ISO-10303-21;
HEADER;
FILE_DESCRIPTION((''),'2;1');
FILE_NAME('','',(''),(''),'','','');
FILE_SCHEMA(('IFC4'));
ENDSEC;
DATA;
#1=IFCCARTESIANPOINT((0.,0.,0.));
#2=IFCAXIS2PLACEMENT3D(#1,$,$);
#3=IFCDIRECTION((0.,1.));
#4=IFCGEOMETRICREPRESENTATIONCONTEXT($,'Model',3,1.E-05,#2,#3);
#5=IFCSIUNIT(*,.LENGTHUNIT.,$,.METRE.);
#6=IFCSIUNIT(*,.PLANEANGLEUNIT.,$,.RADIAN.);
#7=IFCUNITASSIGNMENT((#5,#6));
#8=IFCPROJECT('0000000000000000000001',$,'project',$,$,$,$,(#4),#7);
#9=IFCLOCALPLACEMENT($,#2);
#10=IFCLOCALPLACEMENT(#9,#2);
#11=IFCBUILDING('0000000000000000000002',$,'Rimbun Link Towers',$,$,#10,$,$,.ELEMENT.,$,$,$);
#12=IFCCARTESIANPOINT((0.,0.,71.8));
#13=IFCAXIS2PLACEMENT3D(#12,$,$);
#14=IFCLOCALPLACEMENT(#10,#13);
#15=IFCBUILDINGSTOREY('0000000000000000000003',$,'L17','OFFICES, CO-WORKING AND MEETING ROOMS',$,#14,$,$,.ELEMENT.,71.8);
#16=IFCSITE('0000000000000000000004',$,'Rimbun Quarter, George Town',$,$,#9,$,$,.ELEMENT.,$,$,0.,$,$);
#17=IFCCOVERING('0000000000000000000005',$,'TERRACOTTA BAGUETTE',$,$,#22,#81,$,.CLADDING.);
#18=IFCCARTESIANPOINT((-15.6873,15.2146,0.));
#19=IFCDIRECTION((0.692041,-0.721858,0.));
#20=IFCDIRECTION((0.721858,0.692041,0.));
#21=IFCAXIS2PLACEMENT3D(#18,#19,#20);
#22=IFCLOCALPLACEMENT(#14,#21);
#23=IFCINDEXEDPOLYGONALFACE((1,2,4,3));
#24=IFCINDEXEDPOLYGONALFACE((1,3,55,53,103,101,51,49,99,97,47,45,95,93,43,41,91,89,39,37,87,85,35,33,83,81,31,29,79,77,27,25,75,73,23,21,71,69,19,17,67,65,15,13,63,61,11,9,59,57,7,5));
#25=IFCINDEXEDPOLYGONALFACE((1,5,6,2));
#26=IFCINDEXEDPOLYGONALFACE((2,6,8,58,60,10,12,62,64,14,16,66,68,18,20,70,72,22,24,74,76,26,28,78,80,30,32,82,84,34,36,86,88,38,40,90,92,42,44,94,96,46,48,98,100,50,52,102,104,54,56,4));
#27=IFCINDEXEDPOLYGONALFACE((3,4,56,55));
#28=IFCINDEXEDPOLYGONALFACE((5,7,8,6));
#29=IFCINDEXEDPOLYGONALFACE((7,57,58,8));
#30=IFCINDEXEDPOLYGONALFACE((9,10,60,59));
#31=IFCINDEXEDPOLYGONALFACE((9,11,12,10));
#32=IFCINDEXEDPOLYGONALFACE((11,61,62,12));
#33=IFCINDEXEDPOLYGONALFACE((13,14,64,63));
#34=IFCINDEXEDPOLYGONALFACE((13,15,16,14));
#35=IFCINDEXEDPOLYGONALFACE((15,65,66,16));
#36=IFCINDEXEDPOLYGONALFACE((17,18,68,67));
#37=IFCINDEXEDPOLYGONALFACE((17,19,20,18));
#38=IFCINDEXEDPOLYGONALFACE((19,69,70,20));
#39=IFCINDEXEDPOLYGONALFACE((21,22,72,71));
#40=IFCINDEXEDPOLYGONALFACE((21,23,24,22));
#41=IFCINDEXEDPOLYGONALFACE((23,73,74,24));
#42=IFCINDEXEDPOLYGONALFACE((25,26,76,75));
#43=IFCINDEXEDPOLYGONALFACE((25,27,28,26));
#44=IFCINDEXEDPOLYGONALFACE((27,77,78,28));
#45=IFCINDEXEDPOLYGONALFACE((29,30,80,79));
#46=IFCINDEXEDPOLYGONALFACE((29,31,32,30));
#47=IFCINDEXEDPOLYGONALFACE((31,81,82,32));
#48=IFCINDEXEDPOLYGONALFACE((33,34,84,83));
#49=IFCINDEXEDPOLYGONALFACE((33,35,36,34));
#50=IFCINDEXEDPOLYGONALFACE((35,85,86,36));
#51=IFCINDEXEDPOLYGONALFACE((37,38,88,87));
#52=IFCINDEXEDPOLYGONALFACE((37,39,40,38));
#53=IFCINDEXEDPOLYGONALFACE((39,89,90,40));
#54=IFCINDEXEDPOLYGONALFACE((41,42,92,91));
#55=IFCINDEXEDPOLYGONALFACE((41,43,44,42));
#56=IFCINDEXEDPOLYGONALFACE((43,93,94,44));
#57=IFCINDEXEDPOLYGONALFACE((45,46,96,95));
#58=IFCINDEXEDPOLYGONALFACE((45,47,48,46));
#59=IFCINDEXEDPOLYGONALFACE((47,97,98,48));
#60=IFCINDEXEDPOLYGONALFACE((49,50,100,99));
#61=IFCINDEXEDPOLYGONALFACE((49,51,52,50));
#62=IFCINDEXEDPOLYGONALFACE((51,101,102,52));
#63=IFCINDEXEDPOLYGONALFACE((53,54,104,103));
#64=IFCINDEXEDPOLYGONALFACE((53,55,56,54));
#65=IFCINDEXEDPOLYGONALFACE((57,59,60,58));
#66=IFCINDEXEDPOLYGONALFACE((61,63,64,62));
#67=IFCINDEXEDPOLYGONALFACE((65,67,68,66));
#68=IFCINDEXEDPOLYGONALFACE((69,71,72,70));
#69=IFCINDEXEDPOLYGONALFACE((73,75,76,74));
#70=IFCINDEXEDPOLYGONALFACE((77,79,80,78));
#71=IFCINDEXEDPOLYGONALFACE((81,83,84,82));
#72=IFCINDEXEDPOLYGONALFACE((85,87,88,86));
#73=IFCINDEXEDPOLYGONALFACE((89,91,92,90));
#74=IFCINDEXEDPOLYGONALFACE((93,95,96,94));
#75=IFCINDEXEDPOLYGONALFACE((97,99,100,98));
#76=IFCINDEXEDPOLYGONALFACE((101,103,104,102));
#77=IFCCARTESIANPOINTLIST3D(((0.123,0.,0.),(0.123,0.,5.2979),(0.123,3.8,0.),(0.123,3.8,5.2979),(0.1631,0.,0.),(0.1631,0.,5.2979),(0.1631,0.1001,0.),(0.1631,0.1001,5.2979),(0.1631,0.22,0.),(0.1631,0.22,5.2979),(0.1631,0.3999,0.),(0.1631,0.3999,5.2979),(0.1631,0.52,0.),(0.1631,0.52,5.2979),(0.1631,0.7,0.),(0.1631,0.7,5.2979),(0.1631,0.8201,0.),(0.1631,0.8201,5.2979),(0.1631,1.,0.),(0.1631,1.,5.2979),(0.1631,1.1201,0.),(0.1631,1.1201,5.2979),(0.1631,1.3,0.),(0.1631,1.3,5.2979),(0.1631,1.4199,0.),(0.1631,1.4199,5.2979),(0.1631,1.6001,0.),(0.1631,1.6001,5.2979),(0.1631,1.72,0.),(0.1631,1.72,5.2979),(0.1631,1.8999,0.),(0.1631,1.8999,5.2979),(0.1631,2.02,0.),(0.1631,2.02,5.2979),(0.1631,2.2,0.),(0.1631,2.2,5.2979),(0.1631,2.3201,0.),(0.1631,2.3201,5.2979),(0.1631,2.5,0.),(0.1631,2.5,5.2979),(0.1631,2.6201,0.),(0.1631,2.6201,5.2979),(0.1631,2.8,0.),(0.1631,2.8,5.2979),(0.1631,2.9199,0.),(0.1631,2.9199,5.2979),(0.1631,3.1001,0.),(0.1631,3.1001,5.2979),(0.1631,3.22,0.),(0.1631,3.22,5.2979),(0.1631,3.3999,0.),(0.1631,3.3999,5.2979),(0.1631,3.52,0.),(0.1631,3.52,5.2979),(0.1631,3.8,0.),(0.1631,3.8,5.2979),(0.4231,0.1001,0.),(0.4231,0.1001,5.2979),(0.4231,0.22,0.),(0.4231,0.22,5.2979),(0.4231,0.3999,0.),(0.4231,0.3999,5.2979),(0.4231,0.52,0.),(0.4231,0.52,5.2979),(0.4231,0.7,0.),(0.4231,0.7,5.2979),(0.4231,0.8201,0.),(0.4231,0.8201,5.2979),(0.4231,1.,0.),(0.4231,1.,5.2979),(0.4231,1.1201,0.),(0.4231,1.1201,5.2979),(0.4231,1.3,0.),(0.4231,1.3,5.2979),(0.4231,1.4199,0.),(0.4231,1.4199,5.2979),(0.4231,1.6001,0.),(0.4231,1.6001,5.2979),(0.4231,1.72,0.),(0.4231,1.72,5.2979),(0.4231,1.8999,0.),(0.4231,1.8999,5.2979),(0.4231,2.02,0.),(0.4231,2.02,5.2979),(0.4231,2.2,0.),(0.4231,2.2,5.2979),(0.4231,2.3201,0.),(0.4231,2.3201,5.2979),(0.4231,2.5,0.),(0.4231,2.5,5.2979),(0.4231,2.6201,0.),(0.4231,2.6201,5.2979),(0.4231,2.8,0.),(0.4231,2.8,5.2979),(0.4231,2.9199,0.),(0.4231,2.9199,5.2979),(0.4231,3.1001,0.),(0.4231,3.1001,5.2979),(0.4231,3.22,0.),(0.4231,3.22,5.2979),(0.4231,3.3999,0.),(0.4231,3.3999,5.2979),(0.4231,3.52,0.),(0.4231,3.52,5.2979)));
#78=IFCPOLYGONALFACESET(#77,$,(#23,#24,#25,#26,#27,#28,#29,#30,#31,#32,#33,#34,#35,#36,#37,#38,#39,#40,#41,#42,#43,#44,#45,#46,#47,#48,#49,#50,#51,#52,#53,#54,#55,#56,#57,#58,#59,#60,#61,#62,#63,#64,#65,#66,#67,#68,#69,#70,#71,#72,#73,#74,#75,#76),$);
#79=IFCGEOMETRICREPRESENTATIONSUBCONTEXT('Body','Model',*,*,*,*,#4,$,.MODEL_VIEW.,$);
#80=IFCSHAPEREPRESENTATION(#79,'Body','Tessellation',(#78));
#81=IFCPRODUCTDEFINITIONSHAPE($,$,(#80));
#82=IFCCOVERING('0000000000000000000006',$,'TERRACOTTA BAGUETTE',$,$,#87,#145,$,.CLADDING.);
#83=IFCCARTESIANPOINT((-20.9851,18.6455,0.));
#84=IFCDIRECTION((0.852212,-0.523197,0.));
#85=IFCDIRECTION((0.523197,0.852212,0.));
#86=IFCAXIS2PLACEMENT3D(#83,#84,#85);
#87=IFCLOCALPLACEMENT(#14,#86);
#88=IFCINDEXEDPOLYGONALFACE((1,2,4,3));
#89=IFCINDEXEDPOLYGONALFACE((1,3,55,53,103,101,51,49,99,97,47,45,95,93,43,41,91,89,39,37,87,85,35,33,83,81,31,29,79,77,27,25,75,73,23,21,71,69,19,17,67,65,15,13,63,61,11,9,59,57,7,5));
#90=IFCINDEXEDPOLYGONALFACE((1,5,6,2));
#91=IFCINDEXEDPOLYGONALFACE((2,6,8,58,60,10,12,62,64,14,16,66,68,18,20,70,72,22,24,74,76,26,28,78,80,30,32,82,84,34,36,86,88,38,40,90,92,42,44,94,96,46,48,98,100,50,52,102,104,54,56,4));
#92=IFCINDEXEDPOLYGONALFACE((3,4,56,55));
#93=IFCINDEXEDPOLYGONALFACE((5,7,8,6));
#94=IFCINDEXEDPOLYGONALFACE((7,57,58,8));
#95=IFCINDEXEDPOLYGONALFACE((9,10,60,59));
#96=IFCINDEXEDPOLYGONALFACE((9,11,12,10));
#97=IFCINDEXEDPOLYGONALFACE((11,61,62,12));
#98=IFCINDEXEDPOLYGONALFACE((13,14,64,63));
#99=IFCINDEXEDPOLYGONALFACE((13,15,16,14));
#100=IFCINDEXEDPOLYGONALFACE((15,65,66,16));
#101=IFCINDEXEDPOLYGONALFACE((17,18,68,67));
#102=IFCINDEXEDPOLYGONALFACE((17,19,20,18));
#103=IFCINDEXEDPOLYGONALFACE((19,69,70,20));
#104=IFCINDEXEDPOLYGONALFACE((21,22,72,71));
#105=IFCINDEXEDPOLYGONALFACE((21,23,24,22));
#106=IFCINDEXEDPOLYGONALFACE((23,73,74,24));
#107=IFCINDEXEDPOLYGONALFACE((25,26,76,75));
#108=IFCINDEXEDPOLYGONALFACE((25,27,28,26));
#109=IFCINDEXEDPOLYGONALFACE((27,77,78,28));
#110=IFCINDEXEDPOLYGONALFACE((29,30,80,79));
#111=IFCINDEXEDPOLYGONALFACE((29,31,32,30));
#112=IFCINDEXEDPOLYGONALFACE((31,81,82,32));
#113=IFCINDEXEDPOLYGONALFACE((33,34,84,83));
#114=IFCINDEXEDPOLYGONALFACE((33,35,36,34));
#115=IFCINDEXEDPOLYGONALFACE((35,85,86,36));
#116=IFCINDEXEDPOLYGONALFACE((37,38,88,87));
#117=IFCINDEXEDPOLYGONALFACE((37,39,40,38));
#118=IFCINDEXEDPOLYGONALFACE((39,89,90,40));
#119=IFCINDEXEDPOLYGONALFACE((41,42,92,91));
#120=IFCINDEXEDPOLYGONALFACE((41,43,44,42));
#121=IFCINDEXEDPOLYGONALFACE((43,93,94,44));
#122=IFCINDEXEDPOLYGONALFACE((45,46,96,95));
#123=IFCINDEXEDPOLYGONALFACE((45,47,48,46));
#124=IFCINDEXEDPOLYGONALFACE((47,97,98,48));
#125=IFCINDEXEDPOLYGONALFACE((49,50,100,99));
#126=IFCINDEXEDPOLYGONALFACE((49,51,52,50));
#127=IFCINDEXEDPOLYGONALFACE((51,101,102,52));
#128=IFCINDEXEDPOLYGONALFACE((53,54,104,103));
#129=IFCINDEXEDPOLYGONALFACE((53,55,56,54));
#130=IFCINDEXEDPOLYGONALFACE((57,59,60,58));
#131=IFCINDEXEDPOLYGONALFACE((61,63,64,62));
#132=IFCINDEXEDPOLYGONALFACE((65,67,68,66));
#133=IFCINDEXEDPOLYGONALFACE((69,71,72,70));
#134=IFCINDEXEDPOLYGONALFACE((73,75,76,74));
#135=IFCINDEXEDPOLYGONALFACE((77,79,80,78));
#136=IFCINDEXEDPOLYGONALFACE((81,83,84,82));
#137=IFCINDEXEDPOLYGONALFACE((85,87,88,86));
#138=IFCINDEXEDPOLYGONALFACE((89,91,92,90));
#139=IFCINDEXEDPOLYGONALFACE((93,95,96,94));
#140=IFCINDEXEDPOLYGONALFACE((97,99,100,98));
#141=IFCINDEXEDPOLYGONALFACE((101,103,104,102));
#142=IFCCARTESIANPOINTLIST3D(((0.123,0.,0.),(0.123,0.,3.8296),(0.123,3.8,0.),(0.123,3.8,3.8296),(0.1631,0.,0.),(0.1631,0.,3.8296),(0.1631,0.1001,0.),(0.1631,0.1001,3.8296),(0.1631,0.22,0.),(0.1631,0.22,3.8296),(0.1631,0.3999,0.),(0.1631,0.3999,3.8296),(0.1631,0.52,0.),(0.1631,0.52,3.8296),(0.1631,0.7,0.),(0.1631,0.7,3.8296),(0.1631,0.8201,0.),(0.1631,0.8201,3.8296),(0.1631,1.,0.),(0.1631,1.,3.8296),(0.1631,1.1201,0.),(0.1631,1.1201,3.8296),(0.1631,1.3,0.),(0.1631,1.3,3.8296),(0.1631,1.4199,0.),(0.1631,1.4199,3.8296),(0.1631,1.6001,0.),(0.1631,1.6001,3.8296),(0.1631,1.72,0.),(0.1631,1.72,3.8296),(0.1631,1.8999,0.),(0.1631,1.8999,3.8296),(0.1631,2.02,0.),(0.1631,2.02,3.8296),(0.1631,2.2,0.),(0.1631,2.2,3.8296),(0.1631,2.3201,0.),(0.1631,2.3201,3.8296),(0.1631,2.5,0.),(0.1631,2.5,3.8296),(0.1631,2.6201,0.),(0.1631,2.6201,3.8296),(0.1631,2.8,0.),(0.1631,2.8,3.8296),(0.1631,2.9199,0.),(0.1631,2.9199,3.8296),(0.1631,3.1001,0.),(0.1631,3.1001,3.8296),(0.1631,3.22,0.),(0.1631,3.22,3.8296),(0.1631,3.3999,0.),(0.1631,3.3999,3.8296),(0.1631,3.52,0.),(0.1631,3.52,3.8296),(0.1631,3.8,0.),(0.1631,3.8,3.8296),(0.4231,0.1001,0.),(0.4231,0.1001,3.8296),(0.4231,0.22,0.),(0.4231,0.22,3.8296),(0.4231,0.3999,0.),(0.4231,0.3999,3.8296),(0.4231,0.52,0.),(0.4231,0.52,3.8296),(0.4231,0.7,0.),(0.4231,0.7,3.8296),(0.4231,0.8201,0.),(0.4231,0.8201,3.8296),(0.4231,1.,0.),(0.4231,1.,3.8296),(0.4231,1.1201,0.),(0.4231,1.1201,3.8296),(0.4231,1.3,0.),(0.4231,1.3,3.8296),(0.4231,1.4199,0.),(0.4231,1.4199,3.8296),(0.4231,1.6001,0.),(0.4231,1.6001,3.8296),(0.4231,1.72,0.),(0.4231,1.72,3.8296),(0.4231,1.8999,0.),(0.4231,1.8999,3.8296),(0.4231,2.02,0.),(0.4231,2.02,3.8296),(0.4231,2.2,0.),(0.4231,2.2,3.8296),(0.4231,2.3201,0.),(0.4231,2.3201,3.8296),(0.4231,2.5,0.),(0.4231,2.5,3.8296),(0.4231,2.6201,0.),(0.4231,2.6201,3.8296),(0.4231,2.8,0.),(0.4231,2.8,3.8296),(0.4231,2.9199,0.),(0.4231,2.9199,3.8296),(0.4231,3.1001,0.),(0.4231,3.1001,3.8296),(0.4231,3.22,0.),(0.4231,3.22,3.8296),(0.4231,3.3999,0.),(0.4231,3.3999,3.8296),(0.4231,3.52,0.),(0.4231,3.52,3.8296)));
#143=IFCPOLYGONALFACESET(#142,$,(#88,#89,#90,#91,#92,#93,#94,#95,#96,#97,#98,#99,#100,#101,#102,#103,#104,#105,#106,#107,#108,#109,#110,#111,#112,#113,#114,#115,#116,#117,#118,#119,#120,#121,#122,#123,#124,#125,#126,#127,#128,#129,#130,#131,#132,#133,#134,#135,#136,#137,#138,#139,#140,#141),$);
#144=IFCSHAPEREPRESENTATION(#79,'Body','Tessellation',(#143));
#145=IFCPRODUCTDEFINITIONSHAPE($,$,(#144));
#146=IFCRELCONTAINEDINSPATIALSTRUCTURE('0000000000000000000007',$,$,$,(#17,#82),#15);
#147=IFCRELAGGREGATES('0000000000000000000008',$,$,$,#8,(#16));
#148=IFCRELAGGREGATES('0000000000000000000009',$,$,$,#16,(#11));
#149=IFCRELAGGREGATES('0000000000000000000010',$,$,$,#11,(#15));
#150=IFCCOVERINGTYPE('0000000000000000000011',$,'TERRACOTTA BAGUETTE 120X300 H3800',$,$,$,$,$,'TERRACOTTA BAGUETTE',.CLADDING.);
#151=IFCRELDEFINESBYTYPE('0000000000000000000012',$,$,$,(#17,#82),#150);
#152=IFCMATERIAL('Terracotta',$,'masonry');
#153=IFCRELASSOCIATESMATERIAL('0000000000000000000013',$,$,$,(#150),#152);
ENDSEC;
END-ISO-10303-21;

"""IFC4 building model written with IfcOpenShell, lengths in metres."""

from ifc_helpers import new_model, si_unit, direction, frame, origin, place, context, subcontext, project, spatial, polyline, outline, extrude, material, material_profile, profile_set, type_object, element, save


model = new_model("IFC4")

# Units and contexts
model_context = context("Model", 3, precision=1e-05, world=origin(), true_north=direction((0.0, 1.0)))
body_context = subcontext(model_context, "Body", "Model", "MODEL_VIEW")
ifc_project = project(units=[si_unit("LENGTHUNIT", "METRE"), si_unit("PLANEANGLEUNIT", "RADIAN")], contexts=[model_context])

# Site, building, storey
site_placement = place(None, origin())
site = spatial("IfcSite", under=ifc_project, at=site_placement, Name="Rimbun Quarter, George Town", CompositionType="ELEMENT", RefElevation=0.0)
building_placement = place(site_placement, origin())
building = spatial("IfcBuilding", under=site, at=building_placement, Name="Rimbun Link Towers", CompositionType="ELEMENT")
storey_placement = place(building_placement, frame((0.0, 0.0, 71.8)))
storey = spatial("IfcBuildingStorey", under=building, at=storey_placement, Name="L17", Description="OFFICES, CO-WORKING AND MEETING ROOMS", CompositionType="ELEMENT", Elevation=71.8)

# Coverings
ifc_material_1 = material(Name="Terracotta", Category="masonry")
ifc_material_profile_1 = material_profile(ifc_material_1, outline(polyline([(0.123, 0.0), (0.1631, 0.0), (0.1631, 0.1001), (0.4231, 0.1001), (0.4231, 0.22), (0.1631, 0.22), (0.1631, 0.3999), (0.4231, 0.3999), (0.4231, 0.52), (0.1631, 0.52), (0.1631, 0.7), (0.4231, 0.7), (0.4231, 0.8201), (0.1631, 0.8201), (0.1631, 1.0), (0.4231, 1.0), (0.4231, 1.1201), (0.1631, 1.1201), (0.1631, 1.3), (0.4231, 1.3), (0.4231, 1.4199), (0.1631, 1.4199), (0.1631, 1.6001), (0.4231, 1.6001), (0.4231, 1.72), (0.1631, 1.72), (0.1631, 1.8999), (0.4231, 1.8999), (0.4231, 2.02), (0.1631, 2.02), (0.1631, 2.2), (0.4231, 2.2), (0.4231, 2.3201), (0.1631, 2.3201), (0.1631, 2.5), (0.4231, 2.5), (0.4231, 2.6201), (0.1631, 2.6201), (0.1631, 2.8), (0.4231, 2.8), (0.4231, 2.9199), (0.1631, 2.9199), (0.1631, 3.1001), (0.4231, 3.1001), (0.4231, 3.22), (0.1631, 3.22), (0.1631, 3.3999), (0.4231, 3.3999), (0.4231, 3.52), (0.1631, 3.52), (0.1631, 3.8), (0.123, 3.8), (0.123, 0.0)])), Name="BAGUETTE 120X300")
ifc_profile_set_1 = profile_set([ifc_material_profile_1], Name="Terracotta")
covering_type = type_object("IfcCoveringType", Name="TERRACOTTA BAGUETTE 120X300 H3800", ElementType="TERRACOTTA BAGUETTE", PredefinedType="CLADDING", material=ifc_profile_set_1)
covering_1_placement = place(storey_placement, frame((-15.6873, 15.2146, 0.0), z_axis=(0.692041, -0.721858, 0.0), x_axis=(0.721858, 0.692041, 0.0)))
element("IfcCovering", 1, at=covering_1_placement, inside=storey, type_object=covering_type, Name="TERRACOTTA BAGUETTE", PredefinedType="CLADDING", context=body_context, shape_type="SweptSolid", body=[
    extrude(outline(polyline([(0.123, 0.0), (0.1631, 0.0), (0.1631, 0.1001), (0.4231, 0.1001), (0.4231, 0.22), (0.1631, 0.22), (0.1631, 0.3999), (0.4231, 0.3999), (0.4231, 0.52), (0.1631, 0.52), (0.1631, 0.7), (0.4231, 0.7), (0.4231, 0.8201), (0.1631, 0.8201), (0.1631, 1.0), (0.4231, 1.0), (0.4231, 1.1201), (0.1631, 1.1201), (0.1631, 1.3), (0.4231, 1.3), (0.4231, 1.4199), (0.1631, 1.4199), (0.1631, 1.6001), (0.4231, 1.6001), (0.4231, 1.72), (0.1631, 1.72), (0.1631, 1.8999), (0.4231, 1.8999), (0.4231, 2.02), (0.1631, 2.02), (0.1631, 2.2), (0.4231, 2.2), (0.4231, 2.3201), (0.1631, 2.3201), (0.1631, 2.5), (0.4231, 2.5), (0.4231, 2.6201), (0.1631, 2.6201), (0.1631, 2.8), (0.4231, 2.8), (0.4231, 2.9199), (0.1631, 2.9199), (0.1631, 3.1001), (0.4231, 3.1001), (0.4231, 3.22), (0.1631, 3.22), (0.1631, 3.3999), (0.4231, 3.3999), (0.4231, 3.52), (0.1631, 3.52), (0.1631, 3.8), (0.123, 3.8), (0.123, 0.0)])), origin(), (0.0, 0.0, 1.0), 5.2979),
])
covering_2_placement = place(storey_placement, frame((-20.9851, 18.6455, 0.0), z_axis=(0.852212, -0.523197, 0.0), x_axis=(0.523197, 0.852212, 0.0)))
element("IfcCovering", 2, at=covering_2_placement, inside=storey, type_object=covering_type, Name="TERRACOTTA BAGUETTE", PredefinedType="CLADDING", context=body_context, shape_type="SweptSolid", body=[
    extrude(outline(polyline([(0.123, 0.0), (0.1631, 0.0), (0.1631, 0.1001), (0.4231, 0.1001), (0.4231, 0.22), (0.1631, 0.22), (0.1631, 0.3999), (0.4231, 0.3999), (0.4231, 0.52), (0.1631, 0.52), (0.1631, 0.7), (0.4231, 0.7), (0.4231, 0.8201), (0.1631, 0.8201), (0.1631, 1.0), (0.4231, 1.0), (0.4231, 1.1201), (0.1631, 1.1201), (0.1631, 1.3), (0.4231, 1.3), (0.4231, 1.4199), (0.1631, 1.4199), (0.1631, 1.6001), (0.4231, 1.6001), (0.4231, 1.72), (0.1631, 1.72), (0.1631, 1.8999), (0.4231, 1.8999), (0.4231, 2.02), (0.1631, 2.02), (0.1631, 2.2), (0.4231, 2.2), (0.4231, 2.3201), (0.1631, 2.3201), (0.1631, 2.5), (0.4231, 2.5), (0.4231, 2.6201), (0.1631, 2.6201), (0.1631, 2.8), (0.4231, 2.8), (0.4231, 2.9199), (0.1631, 2.9199), (0.1631, 3.1001), (0.4231, 3.1001), (0.4231, 3.22), (0.1631, 3.22), (0.1631, 3.3999), (0.4231, 3.3999), (0.4231, 3.52), (0.1631, 3.52), (0.1631, 3.8), (0.123, 3.8), (0.123, 0.0)])), origin(), (0.0, 0.0, 1.0), 3.8296),
])

save(model, "model.ifc")
